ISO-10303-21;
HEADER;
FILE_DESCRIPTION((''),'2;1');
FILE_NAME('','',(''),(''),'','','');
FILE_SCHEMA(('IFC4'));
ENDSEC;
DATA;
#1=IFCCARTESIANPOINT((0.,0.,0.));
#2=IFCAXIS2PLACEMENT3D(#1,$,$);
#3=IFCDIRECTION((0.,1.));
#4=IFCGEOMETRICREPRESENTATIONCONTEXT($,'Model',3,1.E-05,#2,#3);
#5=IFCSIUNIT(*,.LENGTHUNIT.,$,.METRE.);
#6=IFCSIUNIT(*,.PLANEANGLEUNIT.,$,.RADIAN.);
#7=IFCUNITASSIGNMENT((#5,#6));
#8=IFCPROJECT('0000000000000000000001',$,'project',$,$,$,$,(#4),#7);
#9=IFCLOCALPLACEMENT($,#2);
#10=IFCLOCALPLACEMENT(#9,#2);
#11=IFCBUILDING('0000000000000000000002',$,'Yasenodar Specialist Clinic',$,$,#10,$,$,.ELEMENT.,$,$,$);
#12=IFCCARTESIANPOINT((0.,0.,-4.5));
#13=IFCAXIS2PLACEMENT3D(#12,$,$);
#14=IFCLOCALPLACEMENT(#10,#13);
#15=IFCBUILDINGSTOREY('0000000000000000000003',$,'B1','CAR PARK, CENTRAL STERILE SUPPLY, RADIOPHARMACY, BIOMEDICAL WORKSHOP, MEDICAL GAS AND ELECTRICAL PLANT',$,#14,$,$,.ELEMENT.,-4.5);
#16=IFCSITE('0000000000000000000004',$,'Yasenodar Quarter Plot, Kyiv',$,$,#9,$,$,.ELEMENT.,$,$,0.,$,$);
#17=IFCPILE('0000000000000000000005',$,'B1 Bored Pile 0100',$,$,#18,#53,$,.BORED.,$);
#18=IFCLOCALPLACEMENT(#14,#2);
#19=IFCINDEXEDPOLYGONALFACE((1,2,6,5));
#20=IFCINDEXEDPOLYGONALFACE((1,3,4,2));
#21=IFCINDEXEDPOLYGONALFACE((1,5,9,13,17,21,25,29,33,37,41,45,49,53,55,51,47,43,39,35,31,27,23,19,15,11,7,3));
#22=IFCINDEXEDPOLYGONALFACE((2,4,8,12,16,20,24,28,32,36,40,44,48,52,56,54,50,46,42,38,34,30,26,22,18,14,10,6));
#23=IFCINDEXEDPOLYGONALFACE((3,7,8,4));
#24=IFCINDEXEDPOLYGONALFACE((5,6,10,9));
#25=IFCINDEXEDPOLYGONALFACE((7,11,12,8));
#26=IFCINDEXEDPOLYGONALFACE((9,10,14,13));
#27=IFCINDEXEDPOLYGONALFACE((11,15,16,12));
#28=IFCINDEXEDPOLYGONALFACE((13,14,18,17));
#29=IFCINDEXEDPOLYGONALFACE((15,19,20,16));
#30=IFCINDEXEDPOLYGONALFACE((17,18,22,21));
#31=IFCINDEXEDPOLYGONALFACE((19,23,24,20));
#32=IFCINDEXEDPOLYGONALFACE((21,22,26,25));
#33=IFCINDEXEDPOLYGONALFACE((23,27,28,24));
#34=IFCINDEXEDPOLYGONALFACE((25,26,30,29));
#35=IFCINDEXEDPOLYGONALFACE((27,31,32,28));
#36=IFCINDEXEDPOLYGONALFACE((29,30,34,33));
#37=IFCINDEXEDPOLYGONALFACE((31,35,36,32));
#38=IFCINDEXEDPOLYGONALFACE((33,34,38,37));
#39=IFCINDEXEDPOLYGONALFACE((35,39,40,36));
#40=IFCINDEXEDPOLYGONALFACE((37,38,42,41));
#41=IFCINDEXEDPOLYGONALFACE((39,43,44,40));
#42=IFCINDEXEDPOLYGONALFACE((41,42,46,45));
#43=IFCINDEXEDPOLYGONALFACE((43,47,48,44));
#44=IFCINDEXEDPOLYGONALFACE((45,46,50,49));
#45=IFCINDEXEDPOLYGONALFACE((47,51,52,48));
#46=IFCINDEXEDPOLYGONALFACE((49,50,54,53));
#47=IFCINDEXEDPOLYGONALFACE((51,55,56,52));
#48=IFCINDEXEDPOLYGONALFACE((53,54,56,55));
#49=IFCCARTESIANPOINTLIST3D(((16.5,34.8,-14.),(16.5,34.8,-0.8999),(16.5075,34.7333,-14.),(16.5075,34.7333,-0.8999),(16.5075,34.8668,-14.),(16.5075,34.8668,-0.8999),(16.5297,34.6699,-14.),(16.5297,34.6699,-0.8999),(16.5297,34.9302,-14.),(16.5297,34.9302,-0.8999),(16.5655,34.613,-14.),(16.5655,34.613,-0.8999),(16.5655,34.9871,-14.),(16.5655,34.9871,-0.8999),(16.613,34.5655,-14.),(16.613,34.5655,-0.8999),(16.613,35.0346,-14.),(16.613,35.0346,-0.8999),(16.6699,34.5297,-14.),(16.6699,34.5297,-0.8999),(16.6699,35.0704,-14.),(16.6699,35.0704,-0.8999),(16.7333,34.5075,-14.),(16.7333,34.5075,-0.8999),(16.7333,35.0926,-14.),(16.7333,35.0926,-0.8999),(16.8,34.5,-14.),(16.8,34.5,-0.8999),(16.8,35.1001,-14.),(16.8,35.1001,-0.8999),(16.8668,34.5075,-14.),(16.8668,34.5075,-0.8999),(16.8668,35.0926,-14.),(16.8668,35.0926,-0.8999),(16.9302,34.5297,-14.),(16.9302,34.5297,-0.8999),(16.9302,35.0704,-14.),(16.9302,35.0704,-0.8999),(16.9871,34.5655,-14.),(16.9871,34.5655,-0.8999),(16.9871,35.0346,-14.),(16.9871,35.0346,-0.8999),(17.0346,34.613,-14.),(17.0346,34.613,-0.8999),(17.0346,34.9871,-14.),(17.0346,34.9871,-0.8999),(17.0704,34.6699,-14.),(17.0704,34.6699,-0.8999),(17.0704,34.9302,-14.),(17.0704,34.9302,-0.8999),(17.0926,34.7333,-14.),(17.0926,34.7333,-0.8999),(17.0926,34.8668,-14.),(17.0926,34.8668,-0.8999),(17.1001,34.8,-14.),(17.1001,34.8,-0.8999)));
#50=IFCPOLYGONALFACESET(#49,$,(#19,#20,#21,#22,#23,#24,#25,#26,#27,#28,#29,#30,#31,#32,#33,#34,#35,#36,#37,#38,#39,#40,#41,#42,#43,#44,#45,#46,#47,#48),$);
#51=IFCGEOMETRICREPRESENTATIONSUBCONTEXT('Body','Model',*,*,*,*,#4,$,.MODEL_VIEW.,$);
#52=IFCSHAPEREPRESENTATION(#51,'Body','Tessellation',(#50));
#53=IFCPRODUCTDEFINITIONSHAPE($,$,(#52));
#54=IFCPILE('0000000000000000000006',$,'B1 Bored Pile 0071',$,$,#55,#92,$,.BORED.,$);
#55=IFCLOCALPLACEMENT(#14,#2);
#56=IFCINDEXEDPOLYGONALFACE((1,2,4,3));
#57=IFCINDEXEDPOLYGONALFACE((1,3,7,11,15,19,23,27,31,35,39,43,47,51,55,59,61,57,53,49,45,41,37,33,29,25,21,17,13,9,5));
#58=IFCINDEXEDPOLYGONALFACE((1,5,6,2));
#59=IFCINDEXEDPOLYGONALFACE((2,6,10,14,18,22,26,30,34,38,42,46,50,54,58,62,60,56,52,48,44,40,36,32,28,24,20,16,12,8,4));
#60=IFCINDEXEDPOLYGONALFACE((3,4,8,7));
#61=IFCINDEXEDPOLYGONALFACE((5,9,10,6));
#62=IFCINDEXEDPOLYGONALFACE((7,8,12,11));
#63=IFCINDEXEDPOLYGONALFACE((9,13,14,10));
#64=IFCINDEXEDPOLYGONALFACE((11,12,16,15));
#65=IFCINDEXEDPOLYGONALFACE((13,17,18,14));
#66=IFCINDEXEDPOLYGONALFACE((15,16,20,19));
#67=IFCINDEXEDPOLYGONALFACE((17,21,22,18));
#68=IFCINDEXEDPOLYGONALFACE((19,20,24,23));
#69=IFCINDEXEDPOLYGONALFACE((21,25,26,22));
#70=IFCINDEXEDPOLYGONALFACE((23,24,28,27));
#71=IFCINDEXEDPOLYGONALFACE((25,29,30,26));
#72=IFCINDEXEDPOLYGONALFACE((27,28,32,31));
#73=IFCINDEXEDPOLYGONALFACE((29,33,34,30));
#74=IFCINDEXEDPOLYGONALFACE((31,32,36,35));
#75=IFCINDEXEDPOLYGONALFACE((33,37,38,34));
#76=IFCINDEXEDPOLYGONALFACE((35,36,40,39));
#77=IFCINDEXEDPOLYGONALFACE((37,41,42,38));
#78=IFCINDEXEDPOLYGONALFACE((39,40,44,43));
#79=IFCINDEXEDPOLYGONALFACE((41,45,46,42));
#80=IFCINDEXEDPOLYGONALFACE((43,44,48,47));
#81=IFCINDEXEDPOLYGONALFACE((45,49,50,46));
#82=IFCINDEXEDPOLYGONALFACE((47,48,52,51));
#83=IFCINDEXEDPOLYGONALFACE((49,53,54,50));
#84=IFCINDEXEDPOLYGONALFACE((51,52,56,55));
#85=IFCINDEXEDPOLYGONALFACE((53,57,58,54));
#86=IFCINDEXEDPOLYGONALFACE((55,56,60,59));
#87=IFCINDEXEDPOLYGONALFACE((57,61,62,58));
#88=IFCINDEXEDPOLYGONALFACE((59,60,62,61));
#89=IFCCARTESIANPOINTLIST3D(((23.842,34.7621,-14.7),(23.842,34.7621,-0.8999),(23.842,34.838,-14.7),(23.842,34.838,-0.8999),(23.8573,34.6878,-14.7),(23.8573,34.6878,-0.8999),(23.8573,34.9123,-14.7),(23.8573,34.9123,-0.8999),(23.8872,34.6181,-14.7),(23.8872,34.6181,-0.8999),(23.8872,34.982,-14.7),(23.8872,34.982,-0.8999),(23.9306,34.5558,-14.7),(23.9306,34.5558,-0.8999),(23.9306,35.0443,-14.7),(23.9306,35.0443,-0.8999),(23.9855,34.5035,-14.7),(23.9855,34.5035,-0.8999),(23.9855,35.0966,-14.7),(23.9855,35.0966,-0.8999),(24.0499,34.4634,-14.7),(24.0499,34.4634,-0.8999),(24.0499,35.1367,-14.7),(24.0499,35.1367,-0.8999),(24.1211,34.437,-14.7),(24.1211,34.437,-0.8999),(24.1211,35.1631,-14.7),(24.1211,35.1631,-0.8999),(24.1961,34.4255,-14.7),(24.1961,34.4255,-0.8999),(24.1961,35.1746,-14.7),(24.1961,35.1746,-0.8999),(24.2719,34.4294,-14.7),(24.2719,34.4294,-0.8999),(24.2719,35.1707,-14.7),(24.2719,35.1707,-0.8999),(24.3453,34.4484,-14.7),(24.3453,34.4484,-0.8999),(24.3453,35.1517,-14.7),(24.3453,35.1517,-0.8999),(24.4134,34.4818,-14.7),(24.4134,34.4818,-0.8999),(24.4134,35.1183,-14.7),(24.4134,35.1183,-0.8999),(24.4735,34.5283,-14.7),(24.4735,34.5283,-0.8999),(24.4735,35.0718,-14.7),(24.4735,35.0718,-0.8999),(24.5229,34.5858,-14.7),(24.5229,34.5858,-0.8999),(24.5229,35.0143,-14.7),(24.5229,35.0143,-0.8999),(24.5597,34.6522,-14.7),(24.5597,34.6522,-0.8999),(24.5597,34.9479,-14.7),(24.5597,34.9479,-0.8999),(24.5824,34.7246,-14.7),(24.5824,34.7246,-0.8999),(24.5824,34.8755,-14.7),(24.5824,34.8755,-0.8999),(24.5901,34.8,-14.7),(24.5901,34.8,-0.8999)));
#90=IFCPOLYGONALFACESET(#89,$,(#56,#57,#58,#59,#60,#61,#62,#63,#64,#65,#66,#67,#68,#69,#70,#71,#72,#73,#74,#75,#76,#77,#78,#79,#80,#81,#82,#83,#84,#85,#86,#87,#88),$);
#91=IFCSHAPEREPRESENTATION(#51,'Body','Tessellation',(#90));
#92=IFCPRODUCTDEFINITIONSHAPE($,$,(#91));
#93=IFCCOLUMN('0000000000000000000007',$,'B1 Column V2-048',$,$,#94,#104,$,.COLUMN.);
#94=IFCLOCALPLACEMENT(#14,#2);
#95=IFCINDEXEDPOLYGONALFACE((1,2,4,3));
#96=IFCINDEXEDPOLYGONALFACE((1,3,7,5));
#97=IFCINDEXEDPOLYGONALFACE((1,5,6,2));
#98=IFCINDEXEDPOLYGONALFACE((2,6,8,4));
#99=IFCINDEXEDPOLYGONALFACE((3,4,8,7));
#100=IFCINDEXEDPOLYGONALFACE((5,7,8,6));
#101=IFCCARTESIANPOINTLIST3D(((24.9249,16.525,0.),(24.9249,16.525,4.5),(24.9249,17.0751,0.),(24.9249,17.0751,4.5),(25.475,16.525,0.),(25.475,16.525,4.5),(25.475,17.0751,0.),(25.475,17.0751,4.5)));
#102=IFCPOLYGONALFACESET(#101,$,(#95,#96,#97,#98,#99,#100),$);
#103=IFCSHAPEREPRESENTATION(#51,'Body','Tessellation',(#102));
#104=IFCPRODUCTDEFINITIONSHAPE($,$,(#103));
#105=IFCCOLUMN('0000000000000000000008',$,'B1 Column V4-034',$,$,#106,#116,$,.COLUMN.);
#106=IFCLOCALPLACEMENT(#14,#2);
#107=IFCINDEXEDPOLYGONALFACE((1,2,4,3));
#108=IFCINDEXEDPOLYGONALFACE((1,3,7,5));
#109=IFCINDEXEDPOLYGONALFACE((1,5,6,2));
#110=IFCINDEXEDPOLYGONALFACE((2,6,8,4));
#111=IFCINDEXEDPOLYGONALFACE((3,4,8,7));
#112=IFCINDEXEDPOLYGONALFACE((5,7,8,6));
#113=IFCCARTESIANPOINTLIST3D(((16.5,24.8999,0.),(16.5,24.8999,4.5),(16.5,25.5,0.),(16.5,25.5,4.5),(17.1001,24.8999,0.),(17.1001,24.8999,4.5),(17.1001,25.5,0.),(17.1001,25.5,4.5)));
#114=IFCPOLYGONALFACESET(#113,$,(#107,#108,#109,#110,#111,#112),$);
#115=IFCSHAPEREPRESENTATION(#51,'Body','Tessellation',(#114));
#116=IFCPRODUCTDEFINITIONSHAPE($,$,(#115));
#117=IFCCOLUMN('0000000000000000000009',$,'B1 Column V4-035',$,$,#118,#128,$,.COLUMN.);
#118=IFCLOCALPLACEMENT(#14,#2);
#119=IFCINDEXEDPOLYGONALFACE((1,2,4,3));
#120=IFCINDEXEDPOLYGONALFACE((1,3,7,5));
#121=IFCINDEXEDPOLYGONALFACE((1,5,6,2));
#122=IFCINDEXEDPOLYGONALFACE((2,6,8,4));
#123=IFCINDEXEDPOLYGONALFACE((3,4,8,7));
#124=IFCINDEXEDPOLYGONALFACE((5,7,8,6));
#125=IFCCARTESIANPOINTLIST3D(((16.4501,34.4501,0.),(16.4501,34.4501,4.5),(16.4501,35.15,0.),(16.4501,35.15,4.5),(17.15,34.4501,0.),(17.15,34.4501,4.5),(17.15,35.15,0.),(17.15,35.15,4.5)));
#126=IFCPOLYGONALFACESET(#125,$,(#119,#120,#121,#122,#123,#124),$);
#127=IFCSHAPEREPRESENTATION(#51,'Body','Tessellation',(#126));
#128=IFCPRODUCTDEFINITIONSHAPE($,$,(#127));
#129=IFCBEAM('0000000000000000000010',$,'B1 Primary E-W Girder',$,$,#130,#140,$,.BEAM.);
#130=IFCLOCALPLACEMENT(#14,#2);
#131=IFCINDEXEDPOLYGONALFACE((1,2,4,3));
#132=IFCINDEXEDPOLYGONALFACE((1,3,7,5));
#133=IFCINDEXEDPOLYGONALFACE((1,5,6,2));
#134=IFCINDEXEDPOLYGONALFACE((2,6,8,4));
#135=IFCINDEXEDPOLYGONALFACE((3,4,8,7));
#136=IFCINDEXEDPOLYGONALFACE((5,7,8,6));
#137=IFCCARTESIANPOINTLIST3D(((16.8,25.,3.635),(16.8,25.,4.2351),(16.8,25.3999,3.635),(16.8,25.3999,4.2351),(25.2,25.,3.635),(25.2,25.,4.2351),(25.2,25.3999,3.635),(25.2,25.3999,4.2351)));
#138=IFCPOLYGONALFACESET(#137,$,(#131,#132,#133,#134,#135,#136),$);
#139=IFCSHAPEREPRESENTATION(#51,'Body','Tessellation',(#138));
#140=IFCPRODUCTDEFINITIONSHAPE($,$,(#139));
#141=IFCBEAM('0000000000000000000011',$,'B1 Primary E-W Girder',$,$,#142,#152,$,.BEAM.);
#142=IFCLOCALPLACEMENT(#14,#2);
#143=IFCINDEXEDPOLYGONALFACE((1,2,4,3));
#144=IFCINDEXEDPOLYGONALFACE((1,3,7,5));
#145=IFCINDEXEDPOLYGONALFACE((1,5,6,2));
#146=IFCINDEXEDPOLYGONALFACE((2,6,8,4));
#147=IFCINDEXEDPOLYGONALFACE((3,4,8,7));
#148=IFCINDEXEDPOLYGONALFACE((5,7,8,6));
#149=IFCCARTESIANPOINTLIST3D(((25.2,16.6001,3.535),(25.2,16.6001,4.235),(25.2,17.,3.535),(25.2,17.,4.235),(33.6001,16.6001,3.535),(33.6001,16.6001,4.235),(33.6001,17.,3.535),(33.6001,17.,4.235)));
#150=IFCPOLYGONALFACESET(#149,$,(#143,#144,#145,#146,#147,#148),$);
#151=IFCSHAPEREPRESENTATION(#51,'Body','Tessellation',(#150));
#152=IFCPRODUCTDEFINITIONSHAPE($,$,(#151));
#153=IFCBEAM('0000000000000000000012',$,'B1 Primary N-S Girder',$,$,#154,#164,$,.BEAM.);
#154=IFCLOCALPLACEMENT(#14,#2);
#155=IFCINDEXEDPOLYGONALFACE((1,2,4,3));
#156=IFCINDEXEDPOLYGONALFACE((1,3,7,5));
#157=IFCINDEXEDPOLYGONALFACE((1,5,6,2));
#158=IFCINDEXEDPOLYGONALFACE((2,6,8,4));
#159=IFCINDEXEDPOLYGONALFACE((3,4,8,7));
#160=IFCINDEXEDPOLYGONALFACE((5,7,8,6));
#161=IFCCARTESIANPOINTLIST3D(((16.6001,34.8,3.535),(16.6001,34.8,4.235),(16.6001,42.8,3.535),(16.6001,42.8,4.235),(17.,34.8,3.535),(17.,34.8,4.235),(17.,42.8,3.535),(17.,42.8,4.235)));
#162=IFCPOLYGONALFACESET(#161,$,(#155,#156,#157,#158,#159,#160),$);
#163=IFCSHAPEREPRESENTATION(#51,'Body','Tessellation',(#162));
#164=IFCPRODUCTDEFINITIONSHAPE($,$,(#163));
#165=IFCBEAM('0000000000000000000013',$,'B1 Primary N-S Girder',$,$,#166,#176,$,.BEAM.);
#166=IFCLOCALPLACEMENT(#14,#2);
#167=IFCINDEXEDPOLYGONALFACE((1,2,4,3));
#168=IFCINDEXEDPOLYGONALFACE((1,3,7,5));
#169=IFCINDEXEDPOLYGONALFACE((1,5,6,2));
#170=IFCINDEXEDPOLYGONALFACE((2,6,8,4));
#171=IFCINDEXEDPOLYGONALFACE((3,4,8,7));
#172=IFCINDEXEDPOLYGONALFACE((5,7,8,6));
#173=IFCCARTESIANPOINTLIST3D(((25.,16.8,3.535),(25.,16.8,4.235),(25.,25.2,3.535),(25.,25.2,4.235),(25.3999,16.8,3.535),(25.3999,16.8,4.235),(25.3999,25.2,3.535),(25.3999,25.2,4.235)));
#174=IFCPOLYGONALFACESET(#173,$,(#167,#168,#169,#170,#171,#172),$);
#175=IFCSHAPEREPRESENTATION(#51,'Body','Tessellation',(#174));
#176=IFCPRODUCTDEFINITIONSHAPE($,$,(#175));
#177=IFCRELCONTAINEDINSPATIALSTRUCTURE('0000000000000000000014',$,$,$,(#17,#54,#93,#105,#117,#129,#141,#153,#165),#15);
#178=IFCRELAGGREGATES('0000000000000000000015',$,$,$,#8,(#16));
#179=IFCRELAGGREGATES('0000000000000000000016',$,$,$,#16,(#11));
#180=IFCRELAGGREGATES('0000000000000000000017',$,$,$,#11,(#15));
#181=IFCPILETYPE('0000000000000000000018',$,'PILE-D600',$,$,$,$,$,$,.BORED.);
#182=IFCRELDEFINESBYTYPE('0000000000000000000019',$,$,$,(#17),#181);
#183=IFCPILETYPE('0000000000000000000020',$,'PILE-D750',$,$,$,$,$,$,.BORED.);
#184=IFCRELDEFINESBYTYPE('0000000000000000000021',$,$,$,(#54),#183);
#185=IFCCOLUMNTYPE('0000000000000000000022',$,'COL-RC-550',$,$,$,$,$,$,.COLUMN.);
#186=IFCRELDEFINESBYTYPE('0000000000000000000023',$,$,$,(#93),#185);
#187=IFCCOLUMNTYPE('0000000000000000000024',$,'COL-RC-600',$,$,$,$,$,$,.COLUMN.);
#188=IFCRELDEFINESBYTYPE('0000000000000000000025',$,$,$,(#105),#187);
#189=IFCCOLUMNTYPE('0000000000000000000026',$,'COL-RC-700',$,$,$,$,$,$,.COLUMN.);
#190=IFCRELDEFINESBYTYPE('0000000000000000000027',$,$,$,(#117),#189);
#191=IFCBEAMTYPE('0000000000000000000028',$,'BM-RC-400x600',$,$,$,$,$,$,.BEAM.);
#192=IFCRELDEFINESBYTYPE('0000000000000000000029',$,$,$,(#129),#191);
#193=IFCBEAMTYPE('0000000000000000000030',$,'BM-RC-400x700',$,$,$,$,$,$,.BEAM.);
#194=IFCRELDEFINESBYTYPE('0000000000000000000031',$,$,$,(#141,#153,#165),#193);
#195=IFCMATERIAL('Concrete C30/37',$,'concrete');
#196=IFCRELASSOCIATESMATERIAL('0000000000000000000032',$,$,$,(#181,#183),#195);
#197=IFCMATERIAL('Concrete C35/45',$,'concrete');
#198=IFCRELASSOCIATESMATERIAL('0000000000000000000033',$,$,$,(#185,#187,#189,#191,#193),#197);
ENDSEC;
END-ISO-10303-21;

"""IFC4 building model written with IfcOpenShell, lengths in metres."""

from ifc_helpers import new_model, si_unit, direction, frame, origin, origin_2d, place, context, subcontext, project, spatial, rectangle, circle, extrude, material, material_profile, profile_set, type_object, element, save


model = new_model("IFC4")

# Units and contexts
model_context = context("Model", 3, precision=1e-05, world=origin(), true_north=direction((0.0, 1.0)))
body_context = subcontext(model_context, "Body", "Model", "MODEL_VIEW")
ifc_project = project(units=[si_unit("LENGTHUNIT", "METRE"), si_unit("PLANEANGLEUNIT", "RADIAN")], contexts=[model_context])

# Site, building, storey
site_placement = place(None, origin())
site = spatial("IfcSite", under=ifc_project, at=site_placement, Name="Yasenodar Quarter Plot, Kyiv", CompositionType="ELEMENT", RefElevation=0.0)
building_placement = place(site_placement, origin())
building = spatial("IfcBuilding", under=site, at=building_placement, Name="Yasenodar Specialist Clinic", CompositionType="ELEMENT")
storey_placement = place(building_placement, frame((0.0, 0.0, -4.5)))
storey = spatial("IfcBuildingStorey", under=building, at=storey_placement, Name="B1", Description="CAR PARK, CENTRAL STERILE SUPPLY, RADIOPHARMACY, BIOMEDICAL WORKSHOP, MEDICAL GAS AND ELECTRICAL PLANT", CompositionType="ELEMENT", Elevation=-4.5)

# Shared definitions
ifc_material_1 = material(Name="Concrete C35/45", Category="concrete")

# Piles
ifc_material_2 = material(Name="Concrete C30/37", Category="concrete")
ifc_material_profile_1 = material_profile(ifc_material_2, circle(Radius=0.3, at=origin_2d()), Name="PILE D600")
ifc_profile_set_1 = profile_set([ifc_material_profile_1], Name="Concrete C30/37")
pile_type_1 = type_object("IfcPileType", Name="PILE-D600", PredefinedType="BORED", material=ifc_profile_set_1)
for number, where, z_axis, x_axis, name in (
    (1, (16.8, 34.8, -0.8999), (0.0, 0.0, -1.0), (1.0, 0.0, 0.0), "B1 Bored Pile 0100"),
):
    element("IfcPile", number, at=place(storey_placement, frame(where, z_axis=z_axis, x_axis=x_axis)), inside=storey, type_object=pile_type_1, Name=name, PredefinedType="BORED", context=body_context, shape_type="SweptSolid", body=[
        extrude(circle(Radius=0.3, at=origin_2d()), origin(), (0.0, 0.0, 1.0), 13.1001),
    ])
ifc_material_profile_2 = material_profile(ifc_material_2, circle(Radius=0.375, at=origin_2d()), Name="PILE D750")
ifc_profile_set_2 = profile_set([ifc_material_profile_2], Name="Concrete C30/37")
pile_type_2 = type_object("IfcPileType", Name="PILE-D750", PredefinedType="BORED", material=ifc_profile_set_2)
pile_placement = place(storey_placement, frame((24.2151, 34.8, -0.8999), z_axis=(0.0, 0.0, -1.0), x_axis=(1.0, 0.0, 0.0)))
element("IfcPile", 2, at=pile_placement, inside=storey, type_object=pile_type_2, Name="B1 Bored Pile 0071", PredefinedType="BORED", context=body_context, shape_type="SweptSolid", body=[
    extrude(circle(Radius=0.375, at=origin_2d()), origin(), (0.0, 0.0, 1.0), 13.8),
])

# Columns
ifc_material_profile_3 = material_profile(ifc_material_1, rectangle(XDim=0.55, YDim=0.55, at=origin_2d()), Name="RC 550x550")
ifc_profile_set_3 = profile_set([ifc_material_profile_3], Name="Concrete C35/45")
column_type_1 = type_object("IfcColumnType", Name="COL-RC-550", PredefinedType="COLUMN", material=ifc_profile_set_3)
column_1_placement = place(storey_placement, frame((25.2, 16.8, 0.0), z_axis=(0.0, 0.0, 1.0), x_axis=(1.0, 0.0, 0.0)))
element("IfcColumn", 3, at=column_1_placement, inside=storey, type_object=column_type_1, Name="B1 Column V2-048", PredefinedType="COLUMN", context=body_context, shape_type="SweptSolid", body=[
    extrude(rectangle(XDim=0.55, YDim=0.55, at=origin_2d()), origin(), (0.0, 0.0, 1.0), 4.5),
])
ifc_material_profile_4 = material_profile(ifc_material_1, rectangle(XDim=0.6001, YDim=0.6001, at=origin_2d()), Name="RC 600x600")
ifc_profile_set_4 = profile_set([ifc_material_profile_4], Name="Concrete C35/45")
column_type_2 = type_object("IfcColumnType", Name="COL-RC-600", PredefinedType="COLUMN", material=ifc_profile_set_4)
column_2_placement = place(storey_placement, frame((16.8, 25.2, 0.0), z_axis=(0.0, 0.0, 1.0), x_axis=(1.0, 0.0, 0.0)))
element("IfcColumn", 4, at=column_2_placement, inside=storey, type_object=column_type_2, Name="B1 Column V4-034", PredefinedType="COLUMN", context=body_context, shape_type="SweptSolid", body=[
    extrude(rectangle(XDim=0.6001, YDim=0.6001, at=origin_2d()), origin(), (0.0, 0.0, 1.0), 4.5),
])
ifc_material_profile_5 = material_profile(ifc_material_1, rectangle(XDim=0.7, YDim=0.7, at=origin_2d()), Name="RC 700x700")
ifc_profile_set_5 = profile_set([ifc_material_profile_5], Name="Concrete C35/45")
column_type_3 = type_object("IfcColumnType", Name="COL-RC-700", PredefinedType="COLUMN", material=ifc_profile_set_5)
column_3_placement = place(storey_placement, frame((16.8, 34.8, 0.0), z_axis=(0.0, 0.0, 1.0), x_axis=(1.0, 0.0, 0.0)))
element("IfcColumn", 5, at=column_3_placement, inside=storey, type_object=column_type_3, Name="B1 Column V4-035", PredefinedType="COLUMN", context=body_context, shape_type="SweptSolid", body=[
    extrude(rectangle(XDim=0.7, YDim=0.7, at=origin_2d()), origin(), (0.0, 0.0, 1.0), 4.5),
])

# Beams
ifc_material_profile_6 = material_profile(ifc_material_1, rectangle(XDim=0.3999, YDim=0.6001, at=origin_2d()), Name="RC 400x600")
ifc_profile_set_6 = profile_set([ifc_material_profile_6], Name="Concrete C35/45")
beam_type_1 = type_object("IfcBeamType", Name="BM-RC-400x600", PredefinedType="BEAM", material=ifc_profile_set_6)
beam_1_placement = place(storey_placement, frame((16.8, 25.2, 3.9351), z_axis=(1.0, 0.0, 0.0), x_axis=(0.0, 1.0, 0.0)))
element("IfcBeam", 6, at=beam_1_placement, inside=storey, type_object=beam_type_1, Name="B1 Primary E-W Girder", PredefinedType="BEAM", context=body_context, shape_type="SweptSolid", body=[
    extrude(rectangle(XDim=0.3999, YDim=0.6001, at=origin_2d()), origin(), (0.0, 0.0, 1.0), 8.3999),
])
ifc_material_profile_7 = material_profile(ifc_material_1, rectangle(XDim=0.3999, YDim=0.7, at=origin_2d()), Name="RC 400x700")
ifc_profile_set_7 = profile_set([ifc_material_profile_7], Name="Concrete C35/45")
beam_type_2 = type_object("IfcBeamType", Name="BM-RC-400x700", PredefinedType="BEAM", material=ifc_profile_set_7)
beam_2_placement = place(storey_placement, frame((25.2, 16.8, 3.885), z_axis=(1.0, 0.0, 0.0), x_axis=(0.0, 1.0, 0.0)))
element("IfcBeam", 7, at=beam_2_placement, inside=storey, type_object=beam_type_2, Name="B1 Primary E-W Girder", PredefinedType="BEAM", context=body_context, shape_type="SweptSolid", body=[
    extrude(rectangle(XDim=0.3999, YDim=0.7, at=origin_2d()), origin(), (0.0, 0.0, 1.0), 8.4001),
])
beam_3_placement = place(storey_placement, frame((16.8, 34.8, 3.885), z_axis=(0.0, 1.0, 0.0), x_axis=(-1.0, 0.0, 0.0)))
element("IfcBeam", 8, at=beam_3_placement, inside=storey, type_object=beam_type_2, Name="B1 Primary N-S Girder", PredefinedType="BEAM", context=body_context, shape_type="SweptSolid", body=[
    extrude(rectangle(XDim=0.3999, YDim=0.7, at=origin_2d()), origin(), (0.0, 0.0, 1.0), 8.0),
])
beam_4_placement = place(storey_placement, frame((25.2, 16.8, 3.885), z_axis=(0.0, 1.0, 0.0), x_axis=(-1.0, 0.0, 0.0)))
element("IfcBeam", 9, at=beam_4_placement, inside=storey, type_object=beam_type_2, Name="B1 Primary N-S Girder", PredefinedType="BEAM", context=body_context, shape_type="SweptSolid", body=[
    extrude(rectangle(XDim=0.3999, YDim=0.7, at=origin_2d()), origin(), (0.0, 0.0, 1.0), 8.3999),
])

save(model, "model.ifc")
